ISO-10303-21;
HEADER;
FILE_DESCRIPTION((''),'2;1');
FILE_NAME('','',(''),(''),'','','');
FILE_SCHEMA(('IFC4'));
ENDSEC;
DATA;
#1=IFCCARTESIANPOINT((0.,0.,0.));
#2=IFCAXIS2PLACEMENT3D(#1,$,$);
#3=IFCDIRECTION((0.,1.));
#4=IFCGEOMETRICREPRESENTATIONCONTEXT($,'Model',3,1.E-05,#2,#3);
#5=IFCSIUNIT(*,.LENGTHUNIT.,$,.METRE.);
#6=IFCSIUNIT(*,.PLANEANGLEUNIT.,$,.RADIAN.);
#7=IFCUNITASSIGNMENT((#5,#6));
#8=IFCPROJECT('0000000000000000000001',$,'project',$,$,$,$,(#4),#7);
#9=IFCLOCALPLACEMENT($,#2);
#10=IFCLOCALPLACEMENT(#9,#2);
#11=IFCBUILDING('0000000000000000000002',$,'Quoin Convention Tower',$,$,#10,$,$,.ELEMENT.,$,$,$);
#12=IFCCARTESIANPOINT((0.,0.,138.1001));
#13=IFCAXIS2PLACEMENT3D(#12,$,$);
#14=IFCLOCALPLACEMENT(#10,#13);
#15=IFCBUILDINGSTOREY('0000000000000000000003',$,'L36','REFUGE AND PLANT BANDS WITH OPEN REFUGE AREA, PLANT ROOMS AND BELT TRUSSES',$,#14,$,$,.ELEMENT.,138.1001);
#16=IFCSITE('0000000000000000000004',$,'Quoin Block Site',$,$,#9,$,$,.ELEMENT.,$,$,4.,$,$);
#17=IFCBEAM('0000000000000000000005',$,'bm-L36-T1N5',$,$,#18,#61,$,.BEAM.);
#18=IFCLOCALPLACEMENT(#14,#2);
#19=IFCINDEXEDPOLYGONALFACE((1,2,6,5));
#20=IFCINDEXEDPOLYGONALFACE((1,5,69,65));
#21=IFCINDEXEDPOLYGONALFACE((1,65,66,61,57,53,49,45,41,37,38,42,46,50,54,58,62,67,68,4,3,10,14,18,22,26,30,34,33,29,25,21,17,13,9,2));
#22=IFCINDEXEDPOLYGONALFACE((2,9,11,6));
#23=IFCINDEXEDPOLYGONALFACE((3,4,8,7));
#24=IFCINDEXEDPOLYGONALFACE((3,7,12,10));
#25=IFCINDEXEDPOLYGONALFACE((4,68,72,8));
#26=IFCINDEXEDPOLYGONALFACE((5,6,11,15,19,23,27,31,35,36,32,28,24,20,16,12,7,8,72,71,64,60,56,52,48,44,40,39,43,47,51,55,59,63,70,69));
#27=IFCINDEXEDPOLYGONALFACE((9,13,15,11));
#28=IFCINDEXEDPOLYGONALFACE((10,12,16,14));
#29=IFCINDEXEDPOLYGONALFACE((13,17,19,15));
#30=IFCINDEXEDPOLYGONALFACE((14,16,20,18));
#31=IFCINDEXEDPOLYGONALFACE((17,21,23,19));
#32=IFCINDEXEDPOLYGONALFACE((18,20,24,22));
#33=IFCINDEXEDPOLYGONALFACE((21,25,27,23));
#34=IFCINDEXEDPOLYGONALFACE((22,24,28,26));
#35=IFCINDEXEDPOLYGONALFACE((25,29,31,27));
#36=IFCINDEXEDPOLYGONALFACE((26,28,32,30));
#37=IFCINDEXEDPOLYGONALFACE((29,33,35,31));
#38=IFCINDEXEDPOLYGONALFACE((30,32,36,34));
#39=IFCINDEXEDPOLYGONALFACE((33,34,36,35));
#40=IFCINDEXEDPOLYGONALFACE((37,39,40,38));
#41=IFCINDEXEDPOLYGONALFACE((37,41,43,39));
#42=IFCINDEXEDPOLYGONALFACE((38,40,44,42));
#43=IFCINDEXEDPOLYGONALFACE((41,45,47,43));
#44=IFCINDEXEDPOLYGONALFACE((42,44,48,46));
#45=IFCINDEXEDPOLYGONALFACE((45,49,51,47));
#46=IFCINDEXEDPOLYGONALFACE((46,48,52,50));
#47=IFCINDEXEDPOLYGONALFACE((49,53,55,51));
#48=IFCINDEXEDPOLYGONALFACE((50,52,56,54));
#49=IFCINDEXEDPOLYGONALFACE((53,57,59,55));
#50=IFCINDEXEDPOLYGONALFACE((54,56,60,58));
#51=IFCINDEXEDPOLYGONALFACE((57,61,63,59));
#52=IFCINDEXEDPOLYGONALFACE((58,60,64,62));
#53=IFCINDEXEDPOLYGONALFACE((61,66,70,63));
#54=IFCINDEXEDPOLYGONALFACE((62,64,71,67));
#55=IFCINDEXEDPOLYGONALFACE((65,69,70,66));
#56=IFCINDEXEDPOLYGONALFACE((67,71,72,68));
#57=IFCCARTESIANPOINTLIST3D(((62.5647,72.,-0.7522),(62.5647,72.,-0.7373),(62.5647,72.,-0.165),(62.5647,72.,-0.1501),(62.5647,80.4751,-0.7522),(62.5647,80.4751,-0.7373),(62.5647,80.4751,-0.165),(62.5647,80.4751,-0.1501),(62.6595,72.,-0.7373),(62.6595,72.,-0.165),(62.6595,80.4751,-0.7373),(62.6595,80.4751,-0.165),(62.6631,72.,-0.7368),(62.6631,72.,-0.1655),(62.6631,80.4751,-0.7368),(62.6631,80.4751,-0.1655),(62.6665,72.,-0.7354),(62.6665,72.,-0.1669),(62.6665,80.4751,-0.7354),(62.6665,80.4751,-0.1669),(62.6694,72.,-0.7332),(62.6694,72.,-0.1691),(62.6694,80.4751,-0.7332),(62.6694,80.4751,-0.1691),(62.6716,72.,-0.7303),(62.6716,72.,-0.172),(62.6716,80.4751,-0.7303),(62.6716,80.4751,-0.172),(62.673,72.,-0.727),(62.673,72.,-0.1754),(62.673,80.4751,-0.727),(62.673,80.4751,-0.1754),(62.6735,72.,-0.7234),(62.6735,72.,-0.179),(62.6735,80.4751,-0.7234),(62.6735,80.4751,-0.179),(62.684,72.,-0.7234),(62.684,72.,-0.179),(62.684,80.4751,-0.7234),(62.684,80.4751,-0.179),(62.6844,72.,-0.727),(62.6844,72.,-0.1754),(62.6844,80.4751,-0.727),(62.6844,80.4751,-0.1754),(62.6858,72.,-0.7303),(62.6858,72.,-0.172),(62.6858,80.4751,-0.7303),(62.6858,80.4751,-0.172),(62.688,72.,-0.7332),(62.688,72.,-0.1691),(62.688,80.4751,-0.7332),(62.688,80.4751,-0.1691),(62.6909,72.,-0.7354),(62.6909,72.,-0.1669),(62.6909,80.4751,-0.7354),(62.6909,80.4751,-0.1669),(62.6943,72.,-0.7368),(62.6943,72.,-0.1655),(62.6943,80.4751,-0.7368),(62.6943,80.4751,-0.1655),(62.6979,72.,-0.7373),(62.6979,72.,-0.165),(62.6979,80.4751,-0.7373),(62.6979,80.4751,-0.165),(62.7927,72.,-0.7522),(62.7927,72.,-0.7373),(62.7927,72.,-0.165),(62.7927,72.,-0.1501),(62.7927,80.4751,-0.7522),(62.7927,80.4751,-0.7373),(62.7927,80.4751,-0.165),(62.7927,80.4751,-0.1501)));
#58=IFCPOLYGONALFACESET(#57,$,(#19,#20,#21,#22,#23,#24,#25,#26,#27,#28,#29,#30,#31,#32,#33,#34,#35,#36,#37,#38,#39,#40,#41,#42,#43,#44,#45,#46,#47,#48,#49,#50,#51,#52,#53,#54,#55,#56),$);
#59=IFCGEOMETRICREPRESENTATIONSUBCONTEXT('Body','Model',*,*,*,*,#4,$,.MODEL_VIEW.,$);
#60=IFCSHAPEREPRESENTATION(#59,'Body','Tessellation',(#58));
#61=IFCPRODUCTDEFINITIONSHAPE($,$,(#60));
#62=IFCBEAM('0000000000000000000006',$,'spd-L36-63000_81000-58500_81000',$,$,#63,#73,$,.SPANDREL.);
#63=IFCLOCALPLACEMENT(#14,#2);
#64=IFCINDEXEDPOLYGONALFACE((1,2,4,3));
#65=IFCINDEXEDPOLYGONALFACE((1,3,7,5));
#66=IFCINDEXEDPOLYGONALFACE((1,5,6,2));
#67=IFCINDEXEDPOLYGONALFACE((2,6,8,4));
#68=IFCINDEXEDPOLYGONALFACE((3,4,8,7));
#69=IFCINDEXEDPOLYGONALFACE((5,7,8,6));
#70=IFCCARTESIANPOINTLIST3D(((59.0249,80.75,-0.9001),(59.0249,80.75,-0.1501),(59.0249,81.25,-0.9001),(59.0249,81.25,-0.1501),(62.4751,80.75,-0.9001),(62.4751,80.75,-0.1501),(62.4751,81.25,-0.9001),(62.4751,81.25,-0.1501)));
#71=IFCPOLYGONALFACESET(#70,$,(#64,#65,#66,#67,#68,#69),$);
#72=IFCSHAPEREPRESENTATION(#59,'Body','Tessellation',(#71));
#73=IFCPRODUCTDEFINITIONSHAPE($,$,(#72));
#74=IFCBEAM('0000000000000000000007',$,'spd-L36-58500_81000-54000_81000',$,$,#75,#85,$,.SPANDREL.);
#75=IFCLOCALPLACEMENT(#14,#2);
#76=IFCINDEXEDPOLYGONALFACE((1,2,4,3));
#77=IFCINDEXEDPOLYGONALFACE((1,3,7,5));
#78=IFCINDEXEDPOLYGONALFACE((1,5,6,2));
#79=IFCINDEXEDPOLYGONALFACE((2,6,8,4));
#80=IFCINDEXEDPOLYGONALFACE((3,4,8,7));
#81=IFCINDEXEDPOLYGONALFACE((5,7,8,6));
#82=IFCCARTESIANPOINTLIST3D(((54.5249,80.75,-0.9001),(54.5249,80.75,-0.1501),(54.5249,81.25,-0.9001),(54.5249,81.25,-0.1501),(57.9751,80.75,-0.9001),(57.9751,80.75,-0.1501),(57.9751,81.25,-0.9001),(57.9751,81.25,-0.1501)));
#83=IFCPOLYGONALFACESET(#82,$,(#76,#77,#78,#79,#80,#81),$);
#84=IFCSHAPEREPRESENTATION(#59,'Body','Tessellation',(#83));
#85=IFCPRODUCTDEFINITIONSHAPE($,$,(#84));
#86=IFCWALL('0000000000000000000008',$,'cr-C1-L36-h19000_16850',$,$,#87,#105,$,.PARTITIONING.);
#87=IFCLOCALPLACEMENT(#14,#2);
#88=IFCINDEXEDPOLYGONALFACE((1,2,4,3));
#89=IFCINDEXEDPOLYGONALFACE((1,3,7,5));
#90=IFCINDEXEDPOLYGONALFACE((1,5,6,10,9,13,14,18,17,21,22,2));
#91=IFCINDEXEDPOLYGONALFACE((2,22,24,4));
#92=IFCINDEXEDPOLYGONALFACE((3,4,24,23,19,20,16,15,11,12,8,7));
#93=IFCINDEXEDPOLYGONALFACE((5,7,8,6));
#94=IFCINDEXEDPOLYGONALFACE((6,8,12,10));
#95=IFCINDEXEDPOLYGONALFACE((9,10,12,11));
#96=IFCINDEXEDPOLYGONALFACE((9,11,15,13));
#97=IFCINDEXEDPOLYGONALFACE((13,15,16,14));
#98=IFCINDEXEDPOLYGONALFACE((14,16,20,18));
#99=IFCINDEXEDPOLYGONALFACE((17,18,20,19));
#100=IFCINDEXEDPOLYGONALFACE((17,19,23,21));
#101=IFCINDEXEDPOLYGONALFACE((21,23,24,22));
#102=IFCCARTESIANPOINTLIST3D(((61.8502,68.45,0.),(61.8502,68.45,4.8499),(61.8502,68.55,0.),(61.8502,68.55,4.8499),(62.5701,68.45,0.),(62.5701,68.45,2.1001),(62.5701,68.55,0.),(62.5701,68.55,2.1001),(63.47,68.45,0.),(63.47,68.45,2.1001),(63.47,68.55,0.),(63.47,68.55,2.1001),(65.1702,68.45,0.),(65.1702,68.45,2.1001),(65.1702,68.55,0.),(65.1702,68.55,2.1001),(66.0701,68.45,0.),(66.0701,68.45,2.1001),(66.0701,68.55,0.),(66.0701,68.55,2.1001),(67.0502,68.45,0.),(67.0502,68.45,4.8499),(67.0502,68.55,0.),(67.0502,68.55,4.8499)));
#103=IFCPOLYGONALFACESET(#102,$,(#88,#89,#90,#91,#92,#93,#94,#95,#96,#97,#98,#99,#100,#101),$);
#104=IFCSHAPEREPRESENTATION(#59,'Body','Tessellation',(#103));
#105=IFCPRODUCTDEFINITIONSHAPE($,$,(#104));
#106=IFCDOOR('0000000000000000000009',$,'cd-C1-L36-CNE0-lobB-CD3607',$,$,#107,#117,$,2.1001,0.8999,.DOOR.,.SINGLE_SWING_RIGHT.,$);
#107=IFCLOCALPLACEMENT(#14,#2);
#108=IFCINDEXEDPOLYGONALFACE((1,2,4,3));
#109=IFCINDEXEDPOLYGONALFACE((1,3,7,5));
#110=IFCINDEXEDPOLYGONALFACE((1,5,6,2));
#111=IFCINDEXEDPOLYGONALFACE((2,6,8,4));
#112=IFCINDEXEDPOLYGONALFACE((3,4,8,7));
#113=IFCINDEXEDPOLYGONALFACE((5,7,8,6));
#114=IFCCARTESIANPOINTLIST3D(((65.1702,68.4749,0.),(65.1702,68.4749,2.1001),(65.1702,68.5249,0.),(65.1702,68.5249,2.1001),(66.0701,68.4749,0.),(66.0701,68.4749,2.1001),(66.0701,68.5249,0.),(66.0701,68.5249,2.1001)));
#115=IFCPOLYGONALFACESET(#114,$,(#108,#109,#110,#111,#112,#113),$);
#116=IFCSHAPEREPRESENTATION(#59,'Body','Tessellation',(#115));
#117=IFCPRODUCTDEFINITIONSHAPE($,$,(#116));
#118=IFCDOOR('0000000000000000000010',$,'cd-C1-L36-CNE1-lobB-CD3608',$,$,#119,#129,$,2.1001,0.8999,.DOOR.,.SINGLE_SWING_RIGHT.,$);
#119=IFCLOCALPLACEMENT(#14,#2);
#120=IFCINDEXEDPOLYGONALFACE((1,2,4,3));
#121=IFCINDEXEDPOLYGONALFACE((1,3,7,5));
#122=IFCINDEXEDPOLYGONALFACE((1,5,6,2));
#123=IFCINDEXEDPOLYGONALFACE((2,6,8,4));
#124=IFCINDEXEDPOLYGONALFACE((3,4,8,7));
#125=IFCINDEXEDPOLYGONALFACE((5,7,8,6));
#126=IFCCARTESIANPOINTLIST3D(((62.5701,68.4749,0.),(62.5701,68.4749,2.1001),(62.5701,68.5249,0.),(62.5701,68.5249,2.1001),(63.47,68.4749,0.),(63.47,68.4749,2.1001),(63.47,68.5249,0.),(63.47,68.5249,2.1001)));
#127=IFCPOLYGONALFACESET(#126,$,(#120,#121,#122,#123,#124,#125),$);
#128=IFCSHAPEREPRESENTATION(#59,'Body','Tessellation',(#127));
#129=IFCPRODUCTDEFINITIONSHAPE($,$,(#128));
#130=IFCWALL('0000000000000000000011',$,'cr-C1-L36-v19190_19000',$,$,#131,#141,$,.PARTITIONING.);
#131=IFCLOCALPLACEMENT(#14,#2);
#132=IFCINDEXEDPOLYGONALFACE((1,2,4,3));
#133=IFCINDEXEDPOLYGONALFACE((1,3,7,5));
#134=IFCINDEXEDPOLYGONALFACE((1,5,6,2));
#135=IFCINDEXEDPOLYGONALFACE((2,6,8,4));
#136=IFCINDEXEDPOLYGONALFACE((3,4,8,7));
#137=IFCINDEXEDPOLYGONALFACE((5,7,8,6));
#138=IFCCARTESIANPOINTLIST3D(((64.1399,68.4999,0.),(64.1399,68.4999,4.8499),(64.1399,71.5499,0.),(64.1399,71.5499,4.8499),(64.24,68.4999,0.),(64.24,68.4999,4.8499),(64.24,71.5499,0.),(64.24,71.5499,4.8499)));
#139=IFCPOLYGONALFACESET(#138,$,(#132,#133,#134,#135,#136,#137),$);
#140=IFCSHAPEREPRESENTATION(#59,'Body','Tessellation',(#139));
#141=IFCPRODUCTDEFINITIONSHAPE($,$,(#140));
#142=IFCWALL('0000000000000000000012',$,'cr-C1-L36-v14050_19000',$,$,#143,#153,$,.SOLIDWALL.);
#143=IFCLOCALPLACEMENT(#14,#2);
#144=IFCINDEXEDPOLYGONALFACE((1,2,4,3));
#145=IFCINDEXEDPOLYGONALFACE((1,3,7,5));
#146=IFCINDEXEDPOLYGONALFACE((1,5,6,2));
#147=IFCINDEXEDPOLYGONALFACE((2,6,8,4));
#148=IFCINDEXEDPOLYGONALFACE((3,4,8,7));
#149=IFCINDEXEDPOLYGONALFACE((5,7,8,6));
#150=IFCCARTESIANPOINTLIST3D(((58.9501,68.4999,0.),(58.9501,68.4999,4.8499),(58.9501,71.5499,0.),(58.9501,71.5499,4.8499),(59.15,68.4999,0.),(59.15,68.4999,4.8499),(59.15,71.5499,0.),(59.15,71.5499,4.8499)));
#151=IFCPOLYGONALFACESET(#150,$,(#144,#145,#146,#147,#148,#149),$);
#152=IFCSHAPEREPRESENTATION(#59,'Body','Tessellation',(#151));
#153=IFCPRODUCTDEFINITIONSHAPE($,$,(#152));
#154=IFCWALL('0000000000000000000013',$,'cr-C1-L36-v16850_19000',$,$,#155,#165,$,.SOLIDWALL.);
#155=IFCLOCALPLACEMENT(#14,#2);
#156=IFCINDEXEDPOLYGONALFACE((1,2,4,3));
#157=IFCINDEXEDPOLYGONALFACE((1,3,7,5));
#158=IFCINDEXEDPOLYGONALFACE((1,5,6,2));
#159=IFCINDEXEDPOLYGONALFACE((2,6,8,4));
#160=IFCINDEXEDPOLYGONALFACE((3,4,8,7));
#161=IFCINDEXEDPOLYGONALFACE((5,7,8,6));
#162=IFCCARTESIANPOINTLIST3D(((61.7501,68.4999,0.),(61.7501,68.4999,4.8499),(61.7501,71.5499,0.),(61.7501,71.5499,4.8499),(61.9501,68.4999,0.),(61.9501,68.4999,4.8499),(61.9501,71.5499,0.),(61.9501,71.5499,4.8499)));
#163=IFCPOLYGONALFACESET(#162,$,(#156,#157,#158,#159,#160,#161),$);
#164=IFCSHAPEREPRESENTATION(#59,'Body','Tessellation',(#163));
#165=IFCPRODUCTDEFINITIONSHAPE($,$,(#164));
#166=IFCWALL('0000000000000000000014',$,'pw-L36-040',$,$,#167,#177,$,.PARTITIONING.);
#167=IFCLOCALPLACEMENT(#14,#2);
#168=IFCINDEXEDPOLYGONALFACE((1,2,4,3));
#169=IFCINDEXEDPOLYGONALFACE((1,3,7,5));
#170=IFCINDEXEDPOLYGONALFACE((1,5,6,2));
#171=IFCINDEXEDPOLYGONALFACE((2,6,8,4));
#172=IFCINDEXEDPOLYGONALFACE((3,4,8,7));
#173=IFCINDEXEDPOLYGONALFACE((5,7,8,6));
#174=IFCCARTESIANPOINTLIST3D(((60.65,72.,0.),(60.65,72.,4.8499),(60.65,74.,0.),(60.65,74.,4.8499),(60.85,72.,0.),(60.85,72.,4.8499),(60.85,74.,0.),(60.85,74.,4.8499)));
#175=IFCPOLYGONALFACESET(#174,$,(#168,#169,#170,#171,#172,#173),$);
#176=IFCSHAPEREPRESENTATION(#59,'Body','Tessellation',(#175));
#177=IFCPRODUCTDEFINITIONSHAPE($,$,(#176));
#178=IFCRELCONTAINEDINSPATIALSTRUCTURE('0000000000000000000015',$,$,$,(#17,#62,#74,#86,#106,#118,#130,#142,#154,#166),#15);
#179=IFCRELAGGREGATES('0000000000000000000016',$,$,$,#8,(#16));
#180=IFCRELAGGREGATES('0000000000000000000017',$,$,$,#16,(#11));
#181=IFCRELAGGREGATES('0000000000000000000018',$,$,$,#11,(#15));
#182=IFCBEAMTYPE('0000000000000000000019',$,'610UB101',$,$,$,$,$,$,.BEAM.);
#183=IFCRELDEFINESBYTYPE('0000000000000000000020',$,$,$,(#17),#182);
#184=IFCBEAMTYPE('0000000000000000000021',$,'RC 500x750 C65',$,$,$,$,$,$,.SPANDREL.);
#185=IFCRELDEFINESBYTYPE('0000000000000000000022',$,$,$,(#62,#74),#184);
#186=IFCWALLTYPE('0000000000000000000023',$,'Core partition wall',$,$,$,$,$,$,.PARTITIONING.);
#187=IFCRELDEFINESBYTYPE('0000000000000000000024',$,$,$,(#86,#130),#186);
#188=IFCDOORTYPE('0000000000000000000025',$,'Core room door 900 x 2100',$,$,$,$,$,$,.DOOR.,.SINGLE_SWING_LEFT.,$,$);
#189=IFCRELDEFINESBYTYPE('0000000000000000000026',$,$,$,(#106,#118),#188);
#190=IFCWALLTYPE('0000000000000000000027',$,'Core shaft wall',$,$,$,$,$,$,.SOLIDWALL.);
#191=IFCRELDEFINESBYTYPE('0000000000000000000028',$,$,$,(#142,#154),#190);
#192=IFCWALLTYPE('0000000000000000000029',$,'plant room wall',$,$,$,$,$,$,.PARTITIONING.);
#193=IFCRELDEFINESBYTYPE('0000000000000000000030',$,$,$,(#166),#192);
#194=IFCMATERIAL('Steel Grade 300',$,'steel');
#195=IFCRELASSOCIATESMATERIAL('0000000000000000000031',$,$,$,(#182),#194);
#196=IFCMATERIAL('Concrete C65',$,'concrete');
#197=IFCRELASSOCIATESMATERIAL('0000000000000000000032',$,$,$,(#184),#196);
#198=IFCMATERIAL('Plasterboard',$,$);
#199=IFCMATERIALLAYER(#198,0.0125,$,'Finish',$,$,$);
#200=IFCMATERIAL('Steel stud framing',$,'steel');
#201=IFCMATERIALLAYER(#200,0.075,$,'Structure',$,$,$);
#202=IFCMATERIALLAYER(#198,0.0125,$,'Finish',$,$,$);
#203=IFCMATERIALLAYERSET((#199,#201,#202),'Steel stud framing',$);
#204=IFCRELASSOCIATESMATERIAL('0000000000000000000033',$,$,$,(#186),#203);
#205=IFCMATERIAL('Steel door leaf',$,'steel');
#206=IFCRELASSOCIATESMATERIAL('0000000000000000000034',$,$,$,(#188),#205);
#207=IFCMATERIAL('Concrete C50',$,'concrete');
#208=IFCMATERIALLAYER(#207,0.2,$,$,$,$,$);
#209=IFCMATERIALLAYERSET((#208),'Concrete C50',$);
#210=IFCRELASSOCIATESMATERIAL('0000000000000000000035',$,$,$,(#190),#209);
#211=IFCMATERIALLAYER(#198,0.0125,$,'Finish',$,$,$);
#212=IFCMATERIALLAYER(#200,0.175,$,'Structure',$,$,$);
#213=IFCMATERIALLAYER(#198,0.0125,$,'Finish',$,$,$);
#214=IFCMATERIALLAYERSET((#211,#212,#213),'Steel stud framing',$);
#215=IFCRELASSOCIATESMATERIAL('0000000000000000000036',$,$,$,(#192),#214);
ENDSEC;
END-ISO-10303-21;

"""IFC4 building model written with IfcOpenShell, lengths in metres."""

from ifc_helpers import new_model, si_unit, direction, frame, frame_2d, origin, origin_2d, place, context, subcontext, project, spatial, rectangle, i_section, extrude, material, layer, layer_set, material_profile, profile_set, type_object, element, fill, save


model = new_model("IFC4")

# Units and contexts
model_context = context("Model", 3, precision=1e-05, world=origin(), true_north=direction((0.0, 1.0)))
body_context = subcontext(model_context, "Body", "Model", "MODEL_VIEW")
ifc_project = project(units=[si_unit("LENGTHUNIT", "METRE"), si_unit("PLANEANGLEUNIT", "RADIAN")], contexts=[model_context])

# Site, building, storey
site_placement = place(None, origin())
site = spatial("IfcSite", under=ifc_project, at=site_placement, Name="Quoin Block Site", CompositionType="ELEMENT", RefElevation=4.0)
building_placement = place(site_placement, origin())
building = spatial("IfcBuilding", under=site, at=building_placement, Name="Quoin Convention Tower", CompositionType="ELEMENT")
storey_placement = place(building_placement, frame((0.0, 0.0, 138.1001)))
storey = spatial("IfcBuildingStorey", under=building, at=storey_placement, Name="L36", Description="REFUGE AND PLANT BANDS WITH OPEN REFUGE AREA, PLANT ROOMS AND BELT TRUSSES", CompositionType="ELEMENT", Elevation=138.1001)

# Shared definitions
ifc_material_1 = material(Name="Concrete C65", Category="concrete")

# Shared definitions
ifc_material_2 = material(Name="Steel Grade 300", Category="steel")

# Beams
ifc_material_profile_1 = material_profile(ifc_material_2, i_section(OverallWidth=0.228, OverallDepth=0.6021, WebThickness=0.0105, FlangeThickness=0.0149, FilletRadius=0.0139, at=origin_2d()), Name="610UB101")
ifc_profile_set_1 = profile_set([ifc_material_profile_1], Name="Steel Grade 300")
beam_type_1 = type_object("IfcBeamType", Name="610UB101", PredefinedType="BEAM", material=ifc_profile_set_1)
beam_placement = place(storey_placement, frame((62.6787, 72.0, -0.4512), z_axis=(0.0, 1.0, 0.0), x_axis=(-1.0, 0.0, 0.0)))
element("IfcBeam", 1, at=beam_placement, inside=storey, type_object=beam_type_1, Name="bm-L36-T1N5", PredefinedType="BEAM", context=body_context, shape_type="SweptSolid", body=[
    extrude(i_section(OverallWidth=0.228, OverallDepth=0.6021, WebThickness=0.0105, FlangeThickness=0.0149, FilletRadius=0.0139, at=origin_2d()), origin(), (0.0, 0.0, 1.0), 8.4751),
])
ifc_material_profile_2 = material_profile(ifc_material_1, rectangle(XDim=0.5, YDim=0.75, at=origin_2d()), Name="RC 500x750")
ifc_profile_set_2 = profile_set([ifc_material_profile_2], Name="Concrete C65")
beam_type_2 = type_object("IfcBeamType", Name="RC 500x750 C65", PredefinedType="SPANDREL", material=ifc_profile_set_2)
for number, where, z_axis, x_axis, name in (
    (2, (62.4751, 81.0, -0.5251), (-1.0, 0.0, 0.0), (0.0, -1.0, 0.0), "spd-L36-63000_81000-58500_81000"),
    (3, (57.9751, 81.0, -0.5251), (-1.0, 0.0, 0.0), (0.0, -1.0, 0.0), "spd-L36-58500_81000-54000_81000"),
):
    element("IfcBeam", number, at=place(storey_placement, frame(where, z_axis=z_axis, x_axis=x_axis)), inside=storey, type_object=beam_type_2, Name=name, PredefinedType="SPANDREL", context=body_context, shape_type="SweptSolid", body=[
        extrude(rectangle(XDim=0.5, YDim=0.75, at=origin_2d()), origin(), (0.0, 0.0, 1.0), 3.4502),
    ])

# Wall, openings, doors
ifc_material_3 = material(Name="Plasterboard")
ifc_layer_1 = layer(ifc_material_3, 0.0125, Name="Finish")
ifc_material_4 = material(Name="Steel stud framing", Category="steel")
ifc_layer_2 = layer(ifc_material_4, 0.075, Name="Structure")
ifc_layer_3 = layer(ifc_material_3, 0.0125, Name="Finish")
ifc_layer_set_1 = layer_set([ifc_layer_1, ifc_layer_2, ifc_layer_3], Name="Steel stud framing")
wall_type_1 = type_object("IfcWallType", Name="Core partition wall", PredefinedType="PARTITIONING", material=ifc_layer_set_1)
wall_1_placement = place(storey_placement, frame((61.8501, 68.5, 0.0), z_axis=(0.0, 0.0, 1.0), x_axis=(1.0, 0.0, 0.0)))
wall_1 = element("IfcWall", 4, at=wall_1_placement, inside=storey, type_object=wall_type_1, Name="cr-C1-L36-h19000_16850", PredefinedType="PARTITIONING", context=body_context, shape_type="SweptSolid", body=[
    extrude(rectangle(XDim=5.2, YDim=0.1001, at=frame_2d((2.6001, 0.0))), origin(), (0.0, 0.0, 1.0), 4.8499),
])
opening_1_placement = place(wall_1_placement, frame((3.3201, 0.0, 0.0)))
opening_1 = element("IfcOpeningElement", 5, at=opening_1_placement, cuts=wall_1, PredefinedType="OPENING", context=body_context, shape_type="SweptSolid", body=[
    extrude(rectangle(XDim=0.8999, YDim=2.1001, at=frame_2d((0.45, 1.05))), frame((0.0, 0.0601, 0.0), z_axis=(0.0, -1.0, 0.0), x_axis=(1.0, 0.0, 0.0)), (0.0, 0.0, 1.0), 0.1201),
])
opening_2_placement = place(wall_1_placement, frame((0.72, 0.0, 0.0)))
opening_2 = element("IfcOpeningElement", 6, at=opening_2_placement, cuts=wall_1, PredefinedType="OPENING", context=body_context, shape_type="SweptSolid", body=[
    extrude(rectangle(XDim=0.8999, YDim=2.1001, at=frame_2d((0.45, 1.05))), frame((0.0, 0.0601, 0.0), z_axis=(0.0, -1.0, 0.0), x_axis=(1.0, 0.0, 0.0)), (0.0, 0.0, 1.0), 0.1201),
])
ifc_material_5 = material(Name="Steel door leaf", Category="steel")
door_type = type_object("IfcDoorType", Name="Core room door 900 x 2100", OperationType="SINGLE_SWING_LEFT", PredefinedType="DOOR", material=ifc_material_5)
door_1_placement = place(opening_1_placement, origin())
door_1 = element("IfcDoor", 7, at=door_1_placement, inside=storey, type_object=door_type, Name="cd-C1-L36-CNE0-lobB-CD3607", OperationType="SINGLE_SWING_RIGHT", OverallHeight=2.1001, OverallWidth=0.8999, PredefinedType="DOOR", context=body_context, shape_type="SweptSolid", body=[
    extrude(rectangle(XDim=0.8999, YDim=2.1001, at=frame_2d((0.45, 1.05))), frame((0.0, 0.0249, 0.0), z_axis=(0.0, -1.0, 0.0), x_axis=(1.0, 0.0, 0.0)), (0.0, 0.0, 1.0), 0.05),
])
fill(opening_1, door_1)
door_2_placement = place(opening_2_placement, origin())
door_2 = element("IfcDoor", 8, at=door_2_placement, inside=storey, type_object=door_type, Name="cd-C1-L36-CNE1-lobB-CD3608", OperationType="SINGLE_SWING_RIGHT", OverallHeight=2.1001, OverallWidth=0.8999, PredefinedType="DOOR", context=body_context, shape_type="SweptSolid", body=[
    extrude(rectangle(XDim=0.8999, YDim=2.1001, at=frame_2d((0.45, 1.05))), frame((0.0, 0.0249, 0.0), z_axis=(0.0, -1.0, 0.0), x_axis=(1.0, 0.0, 0.0)), (0.0, 0.0, 1.0), 0.05),
])
fill(opening_2, door_2)

# Walls
wall_2_placement = place(storey_placement, frame((64.1899, 68.5, 0.0), z_axis=(0.0, 0.0, 1.0), x_axis=(0.0, 1.0, 0.0)))
element("IfcWall", 9, at=wall_2_placement, inside=storey, type_object=wall_type_1, Name="cr-C1-L36-v19190_19000", PredefinedType="PARTITIONING", context=body_context, shape_type="SweptSolid", body=[
    extrude(rectangle(XDim=3.05, YDim=0.1001, at=frame_2d((1.5249, 0.0))), origin(), (0.0, 0.0, 1.0), 4.8499),
])
ifc_material_6 = material(Name="Concrete C50", Category="concrete")
ifc_layer_4 = layer(ifc_material_6, 0.2)
ifc_layer_set_2 = layer_set([ifc_layer_4], Name="Concrete C50")
wall_type_2 = type_object("IfcWallType", Name="Core shaft wall", PredefinedType="SOLIDWALL", material=ifc_layer_set_2)
for number, where, z_axis, x_axis, name in (
    (10, (59.05, 68.5, 0.0), (0.0, 0.0, 1.0), (0.0, 1.0, 0.0), "cr-C1-L36-v14050_19000"),
    (11, (61.8501, 68.5, 0.0), (0.0, 0.0, 1.0), (0.0, 1.0, 0.0), "cr-C1-L36-v16850_19000"),
):
    element("IfcWall", number, at=place(storey_placement, frame(where, z_axis=z_axis, x_axis=x_axis)), inside=storey, type_object=wall_type_2, Name=name, PredefinedType="SOLIDWALL", context=body_context, shape_type="SweptSolid", body=[
        extrude(rectangle(XDim=3.05, YDim=0.2, at=frame_2d((1.5249, 0.0))), origin(), (0.0, 0.0, 1.0), 4.8499),
    ])
ifc_layer_5 = layer(ifc_material_3, 0.0125, Name="Finish")
ifc_layer_6 = layer(ifc_material_4, 0.175, Name="Structure")
ifc_layer_7 = layer(ifc_material_3, 0.0125, Name="Finish")
ifc_layer_set_3 = layer_set([ifc_layer_5, ifc_layer_6, ifc_layer_7], Name="Steel stud framing")
wall_type_3 = type_object("IfcWallType", Name="plant room wall", PredefinedType="PARTITIONING", material=ifc_layer_set_3)
wall_3_placement = place(storey_placement, frame((60.75, 72.0, 0.0), z_axis=(0.0, 0.0, 1.0), x_axis=(0.0, 1.0, 0.0)))
element("IfcWall", 12, at=wall_3_placement, inside=storey, type_object=wall_type_3, Name="pw-L36-040", PredefinedType="PARTITIONING", context=body_context, shape_type="SweptSolid", body=[
    extrude(rectangle(XDim=2.0, YDim=0.2, at=frame_2d((1.0, 0.0))), origin(), (0.0, 0.0, 1.0), 4.8499),
])

save(model, "model.ifc")
